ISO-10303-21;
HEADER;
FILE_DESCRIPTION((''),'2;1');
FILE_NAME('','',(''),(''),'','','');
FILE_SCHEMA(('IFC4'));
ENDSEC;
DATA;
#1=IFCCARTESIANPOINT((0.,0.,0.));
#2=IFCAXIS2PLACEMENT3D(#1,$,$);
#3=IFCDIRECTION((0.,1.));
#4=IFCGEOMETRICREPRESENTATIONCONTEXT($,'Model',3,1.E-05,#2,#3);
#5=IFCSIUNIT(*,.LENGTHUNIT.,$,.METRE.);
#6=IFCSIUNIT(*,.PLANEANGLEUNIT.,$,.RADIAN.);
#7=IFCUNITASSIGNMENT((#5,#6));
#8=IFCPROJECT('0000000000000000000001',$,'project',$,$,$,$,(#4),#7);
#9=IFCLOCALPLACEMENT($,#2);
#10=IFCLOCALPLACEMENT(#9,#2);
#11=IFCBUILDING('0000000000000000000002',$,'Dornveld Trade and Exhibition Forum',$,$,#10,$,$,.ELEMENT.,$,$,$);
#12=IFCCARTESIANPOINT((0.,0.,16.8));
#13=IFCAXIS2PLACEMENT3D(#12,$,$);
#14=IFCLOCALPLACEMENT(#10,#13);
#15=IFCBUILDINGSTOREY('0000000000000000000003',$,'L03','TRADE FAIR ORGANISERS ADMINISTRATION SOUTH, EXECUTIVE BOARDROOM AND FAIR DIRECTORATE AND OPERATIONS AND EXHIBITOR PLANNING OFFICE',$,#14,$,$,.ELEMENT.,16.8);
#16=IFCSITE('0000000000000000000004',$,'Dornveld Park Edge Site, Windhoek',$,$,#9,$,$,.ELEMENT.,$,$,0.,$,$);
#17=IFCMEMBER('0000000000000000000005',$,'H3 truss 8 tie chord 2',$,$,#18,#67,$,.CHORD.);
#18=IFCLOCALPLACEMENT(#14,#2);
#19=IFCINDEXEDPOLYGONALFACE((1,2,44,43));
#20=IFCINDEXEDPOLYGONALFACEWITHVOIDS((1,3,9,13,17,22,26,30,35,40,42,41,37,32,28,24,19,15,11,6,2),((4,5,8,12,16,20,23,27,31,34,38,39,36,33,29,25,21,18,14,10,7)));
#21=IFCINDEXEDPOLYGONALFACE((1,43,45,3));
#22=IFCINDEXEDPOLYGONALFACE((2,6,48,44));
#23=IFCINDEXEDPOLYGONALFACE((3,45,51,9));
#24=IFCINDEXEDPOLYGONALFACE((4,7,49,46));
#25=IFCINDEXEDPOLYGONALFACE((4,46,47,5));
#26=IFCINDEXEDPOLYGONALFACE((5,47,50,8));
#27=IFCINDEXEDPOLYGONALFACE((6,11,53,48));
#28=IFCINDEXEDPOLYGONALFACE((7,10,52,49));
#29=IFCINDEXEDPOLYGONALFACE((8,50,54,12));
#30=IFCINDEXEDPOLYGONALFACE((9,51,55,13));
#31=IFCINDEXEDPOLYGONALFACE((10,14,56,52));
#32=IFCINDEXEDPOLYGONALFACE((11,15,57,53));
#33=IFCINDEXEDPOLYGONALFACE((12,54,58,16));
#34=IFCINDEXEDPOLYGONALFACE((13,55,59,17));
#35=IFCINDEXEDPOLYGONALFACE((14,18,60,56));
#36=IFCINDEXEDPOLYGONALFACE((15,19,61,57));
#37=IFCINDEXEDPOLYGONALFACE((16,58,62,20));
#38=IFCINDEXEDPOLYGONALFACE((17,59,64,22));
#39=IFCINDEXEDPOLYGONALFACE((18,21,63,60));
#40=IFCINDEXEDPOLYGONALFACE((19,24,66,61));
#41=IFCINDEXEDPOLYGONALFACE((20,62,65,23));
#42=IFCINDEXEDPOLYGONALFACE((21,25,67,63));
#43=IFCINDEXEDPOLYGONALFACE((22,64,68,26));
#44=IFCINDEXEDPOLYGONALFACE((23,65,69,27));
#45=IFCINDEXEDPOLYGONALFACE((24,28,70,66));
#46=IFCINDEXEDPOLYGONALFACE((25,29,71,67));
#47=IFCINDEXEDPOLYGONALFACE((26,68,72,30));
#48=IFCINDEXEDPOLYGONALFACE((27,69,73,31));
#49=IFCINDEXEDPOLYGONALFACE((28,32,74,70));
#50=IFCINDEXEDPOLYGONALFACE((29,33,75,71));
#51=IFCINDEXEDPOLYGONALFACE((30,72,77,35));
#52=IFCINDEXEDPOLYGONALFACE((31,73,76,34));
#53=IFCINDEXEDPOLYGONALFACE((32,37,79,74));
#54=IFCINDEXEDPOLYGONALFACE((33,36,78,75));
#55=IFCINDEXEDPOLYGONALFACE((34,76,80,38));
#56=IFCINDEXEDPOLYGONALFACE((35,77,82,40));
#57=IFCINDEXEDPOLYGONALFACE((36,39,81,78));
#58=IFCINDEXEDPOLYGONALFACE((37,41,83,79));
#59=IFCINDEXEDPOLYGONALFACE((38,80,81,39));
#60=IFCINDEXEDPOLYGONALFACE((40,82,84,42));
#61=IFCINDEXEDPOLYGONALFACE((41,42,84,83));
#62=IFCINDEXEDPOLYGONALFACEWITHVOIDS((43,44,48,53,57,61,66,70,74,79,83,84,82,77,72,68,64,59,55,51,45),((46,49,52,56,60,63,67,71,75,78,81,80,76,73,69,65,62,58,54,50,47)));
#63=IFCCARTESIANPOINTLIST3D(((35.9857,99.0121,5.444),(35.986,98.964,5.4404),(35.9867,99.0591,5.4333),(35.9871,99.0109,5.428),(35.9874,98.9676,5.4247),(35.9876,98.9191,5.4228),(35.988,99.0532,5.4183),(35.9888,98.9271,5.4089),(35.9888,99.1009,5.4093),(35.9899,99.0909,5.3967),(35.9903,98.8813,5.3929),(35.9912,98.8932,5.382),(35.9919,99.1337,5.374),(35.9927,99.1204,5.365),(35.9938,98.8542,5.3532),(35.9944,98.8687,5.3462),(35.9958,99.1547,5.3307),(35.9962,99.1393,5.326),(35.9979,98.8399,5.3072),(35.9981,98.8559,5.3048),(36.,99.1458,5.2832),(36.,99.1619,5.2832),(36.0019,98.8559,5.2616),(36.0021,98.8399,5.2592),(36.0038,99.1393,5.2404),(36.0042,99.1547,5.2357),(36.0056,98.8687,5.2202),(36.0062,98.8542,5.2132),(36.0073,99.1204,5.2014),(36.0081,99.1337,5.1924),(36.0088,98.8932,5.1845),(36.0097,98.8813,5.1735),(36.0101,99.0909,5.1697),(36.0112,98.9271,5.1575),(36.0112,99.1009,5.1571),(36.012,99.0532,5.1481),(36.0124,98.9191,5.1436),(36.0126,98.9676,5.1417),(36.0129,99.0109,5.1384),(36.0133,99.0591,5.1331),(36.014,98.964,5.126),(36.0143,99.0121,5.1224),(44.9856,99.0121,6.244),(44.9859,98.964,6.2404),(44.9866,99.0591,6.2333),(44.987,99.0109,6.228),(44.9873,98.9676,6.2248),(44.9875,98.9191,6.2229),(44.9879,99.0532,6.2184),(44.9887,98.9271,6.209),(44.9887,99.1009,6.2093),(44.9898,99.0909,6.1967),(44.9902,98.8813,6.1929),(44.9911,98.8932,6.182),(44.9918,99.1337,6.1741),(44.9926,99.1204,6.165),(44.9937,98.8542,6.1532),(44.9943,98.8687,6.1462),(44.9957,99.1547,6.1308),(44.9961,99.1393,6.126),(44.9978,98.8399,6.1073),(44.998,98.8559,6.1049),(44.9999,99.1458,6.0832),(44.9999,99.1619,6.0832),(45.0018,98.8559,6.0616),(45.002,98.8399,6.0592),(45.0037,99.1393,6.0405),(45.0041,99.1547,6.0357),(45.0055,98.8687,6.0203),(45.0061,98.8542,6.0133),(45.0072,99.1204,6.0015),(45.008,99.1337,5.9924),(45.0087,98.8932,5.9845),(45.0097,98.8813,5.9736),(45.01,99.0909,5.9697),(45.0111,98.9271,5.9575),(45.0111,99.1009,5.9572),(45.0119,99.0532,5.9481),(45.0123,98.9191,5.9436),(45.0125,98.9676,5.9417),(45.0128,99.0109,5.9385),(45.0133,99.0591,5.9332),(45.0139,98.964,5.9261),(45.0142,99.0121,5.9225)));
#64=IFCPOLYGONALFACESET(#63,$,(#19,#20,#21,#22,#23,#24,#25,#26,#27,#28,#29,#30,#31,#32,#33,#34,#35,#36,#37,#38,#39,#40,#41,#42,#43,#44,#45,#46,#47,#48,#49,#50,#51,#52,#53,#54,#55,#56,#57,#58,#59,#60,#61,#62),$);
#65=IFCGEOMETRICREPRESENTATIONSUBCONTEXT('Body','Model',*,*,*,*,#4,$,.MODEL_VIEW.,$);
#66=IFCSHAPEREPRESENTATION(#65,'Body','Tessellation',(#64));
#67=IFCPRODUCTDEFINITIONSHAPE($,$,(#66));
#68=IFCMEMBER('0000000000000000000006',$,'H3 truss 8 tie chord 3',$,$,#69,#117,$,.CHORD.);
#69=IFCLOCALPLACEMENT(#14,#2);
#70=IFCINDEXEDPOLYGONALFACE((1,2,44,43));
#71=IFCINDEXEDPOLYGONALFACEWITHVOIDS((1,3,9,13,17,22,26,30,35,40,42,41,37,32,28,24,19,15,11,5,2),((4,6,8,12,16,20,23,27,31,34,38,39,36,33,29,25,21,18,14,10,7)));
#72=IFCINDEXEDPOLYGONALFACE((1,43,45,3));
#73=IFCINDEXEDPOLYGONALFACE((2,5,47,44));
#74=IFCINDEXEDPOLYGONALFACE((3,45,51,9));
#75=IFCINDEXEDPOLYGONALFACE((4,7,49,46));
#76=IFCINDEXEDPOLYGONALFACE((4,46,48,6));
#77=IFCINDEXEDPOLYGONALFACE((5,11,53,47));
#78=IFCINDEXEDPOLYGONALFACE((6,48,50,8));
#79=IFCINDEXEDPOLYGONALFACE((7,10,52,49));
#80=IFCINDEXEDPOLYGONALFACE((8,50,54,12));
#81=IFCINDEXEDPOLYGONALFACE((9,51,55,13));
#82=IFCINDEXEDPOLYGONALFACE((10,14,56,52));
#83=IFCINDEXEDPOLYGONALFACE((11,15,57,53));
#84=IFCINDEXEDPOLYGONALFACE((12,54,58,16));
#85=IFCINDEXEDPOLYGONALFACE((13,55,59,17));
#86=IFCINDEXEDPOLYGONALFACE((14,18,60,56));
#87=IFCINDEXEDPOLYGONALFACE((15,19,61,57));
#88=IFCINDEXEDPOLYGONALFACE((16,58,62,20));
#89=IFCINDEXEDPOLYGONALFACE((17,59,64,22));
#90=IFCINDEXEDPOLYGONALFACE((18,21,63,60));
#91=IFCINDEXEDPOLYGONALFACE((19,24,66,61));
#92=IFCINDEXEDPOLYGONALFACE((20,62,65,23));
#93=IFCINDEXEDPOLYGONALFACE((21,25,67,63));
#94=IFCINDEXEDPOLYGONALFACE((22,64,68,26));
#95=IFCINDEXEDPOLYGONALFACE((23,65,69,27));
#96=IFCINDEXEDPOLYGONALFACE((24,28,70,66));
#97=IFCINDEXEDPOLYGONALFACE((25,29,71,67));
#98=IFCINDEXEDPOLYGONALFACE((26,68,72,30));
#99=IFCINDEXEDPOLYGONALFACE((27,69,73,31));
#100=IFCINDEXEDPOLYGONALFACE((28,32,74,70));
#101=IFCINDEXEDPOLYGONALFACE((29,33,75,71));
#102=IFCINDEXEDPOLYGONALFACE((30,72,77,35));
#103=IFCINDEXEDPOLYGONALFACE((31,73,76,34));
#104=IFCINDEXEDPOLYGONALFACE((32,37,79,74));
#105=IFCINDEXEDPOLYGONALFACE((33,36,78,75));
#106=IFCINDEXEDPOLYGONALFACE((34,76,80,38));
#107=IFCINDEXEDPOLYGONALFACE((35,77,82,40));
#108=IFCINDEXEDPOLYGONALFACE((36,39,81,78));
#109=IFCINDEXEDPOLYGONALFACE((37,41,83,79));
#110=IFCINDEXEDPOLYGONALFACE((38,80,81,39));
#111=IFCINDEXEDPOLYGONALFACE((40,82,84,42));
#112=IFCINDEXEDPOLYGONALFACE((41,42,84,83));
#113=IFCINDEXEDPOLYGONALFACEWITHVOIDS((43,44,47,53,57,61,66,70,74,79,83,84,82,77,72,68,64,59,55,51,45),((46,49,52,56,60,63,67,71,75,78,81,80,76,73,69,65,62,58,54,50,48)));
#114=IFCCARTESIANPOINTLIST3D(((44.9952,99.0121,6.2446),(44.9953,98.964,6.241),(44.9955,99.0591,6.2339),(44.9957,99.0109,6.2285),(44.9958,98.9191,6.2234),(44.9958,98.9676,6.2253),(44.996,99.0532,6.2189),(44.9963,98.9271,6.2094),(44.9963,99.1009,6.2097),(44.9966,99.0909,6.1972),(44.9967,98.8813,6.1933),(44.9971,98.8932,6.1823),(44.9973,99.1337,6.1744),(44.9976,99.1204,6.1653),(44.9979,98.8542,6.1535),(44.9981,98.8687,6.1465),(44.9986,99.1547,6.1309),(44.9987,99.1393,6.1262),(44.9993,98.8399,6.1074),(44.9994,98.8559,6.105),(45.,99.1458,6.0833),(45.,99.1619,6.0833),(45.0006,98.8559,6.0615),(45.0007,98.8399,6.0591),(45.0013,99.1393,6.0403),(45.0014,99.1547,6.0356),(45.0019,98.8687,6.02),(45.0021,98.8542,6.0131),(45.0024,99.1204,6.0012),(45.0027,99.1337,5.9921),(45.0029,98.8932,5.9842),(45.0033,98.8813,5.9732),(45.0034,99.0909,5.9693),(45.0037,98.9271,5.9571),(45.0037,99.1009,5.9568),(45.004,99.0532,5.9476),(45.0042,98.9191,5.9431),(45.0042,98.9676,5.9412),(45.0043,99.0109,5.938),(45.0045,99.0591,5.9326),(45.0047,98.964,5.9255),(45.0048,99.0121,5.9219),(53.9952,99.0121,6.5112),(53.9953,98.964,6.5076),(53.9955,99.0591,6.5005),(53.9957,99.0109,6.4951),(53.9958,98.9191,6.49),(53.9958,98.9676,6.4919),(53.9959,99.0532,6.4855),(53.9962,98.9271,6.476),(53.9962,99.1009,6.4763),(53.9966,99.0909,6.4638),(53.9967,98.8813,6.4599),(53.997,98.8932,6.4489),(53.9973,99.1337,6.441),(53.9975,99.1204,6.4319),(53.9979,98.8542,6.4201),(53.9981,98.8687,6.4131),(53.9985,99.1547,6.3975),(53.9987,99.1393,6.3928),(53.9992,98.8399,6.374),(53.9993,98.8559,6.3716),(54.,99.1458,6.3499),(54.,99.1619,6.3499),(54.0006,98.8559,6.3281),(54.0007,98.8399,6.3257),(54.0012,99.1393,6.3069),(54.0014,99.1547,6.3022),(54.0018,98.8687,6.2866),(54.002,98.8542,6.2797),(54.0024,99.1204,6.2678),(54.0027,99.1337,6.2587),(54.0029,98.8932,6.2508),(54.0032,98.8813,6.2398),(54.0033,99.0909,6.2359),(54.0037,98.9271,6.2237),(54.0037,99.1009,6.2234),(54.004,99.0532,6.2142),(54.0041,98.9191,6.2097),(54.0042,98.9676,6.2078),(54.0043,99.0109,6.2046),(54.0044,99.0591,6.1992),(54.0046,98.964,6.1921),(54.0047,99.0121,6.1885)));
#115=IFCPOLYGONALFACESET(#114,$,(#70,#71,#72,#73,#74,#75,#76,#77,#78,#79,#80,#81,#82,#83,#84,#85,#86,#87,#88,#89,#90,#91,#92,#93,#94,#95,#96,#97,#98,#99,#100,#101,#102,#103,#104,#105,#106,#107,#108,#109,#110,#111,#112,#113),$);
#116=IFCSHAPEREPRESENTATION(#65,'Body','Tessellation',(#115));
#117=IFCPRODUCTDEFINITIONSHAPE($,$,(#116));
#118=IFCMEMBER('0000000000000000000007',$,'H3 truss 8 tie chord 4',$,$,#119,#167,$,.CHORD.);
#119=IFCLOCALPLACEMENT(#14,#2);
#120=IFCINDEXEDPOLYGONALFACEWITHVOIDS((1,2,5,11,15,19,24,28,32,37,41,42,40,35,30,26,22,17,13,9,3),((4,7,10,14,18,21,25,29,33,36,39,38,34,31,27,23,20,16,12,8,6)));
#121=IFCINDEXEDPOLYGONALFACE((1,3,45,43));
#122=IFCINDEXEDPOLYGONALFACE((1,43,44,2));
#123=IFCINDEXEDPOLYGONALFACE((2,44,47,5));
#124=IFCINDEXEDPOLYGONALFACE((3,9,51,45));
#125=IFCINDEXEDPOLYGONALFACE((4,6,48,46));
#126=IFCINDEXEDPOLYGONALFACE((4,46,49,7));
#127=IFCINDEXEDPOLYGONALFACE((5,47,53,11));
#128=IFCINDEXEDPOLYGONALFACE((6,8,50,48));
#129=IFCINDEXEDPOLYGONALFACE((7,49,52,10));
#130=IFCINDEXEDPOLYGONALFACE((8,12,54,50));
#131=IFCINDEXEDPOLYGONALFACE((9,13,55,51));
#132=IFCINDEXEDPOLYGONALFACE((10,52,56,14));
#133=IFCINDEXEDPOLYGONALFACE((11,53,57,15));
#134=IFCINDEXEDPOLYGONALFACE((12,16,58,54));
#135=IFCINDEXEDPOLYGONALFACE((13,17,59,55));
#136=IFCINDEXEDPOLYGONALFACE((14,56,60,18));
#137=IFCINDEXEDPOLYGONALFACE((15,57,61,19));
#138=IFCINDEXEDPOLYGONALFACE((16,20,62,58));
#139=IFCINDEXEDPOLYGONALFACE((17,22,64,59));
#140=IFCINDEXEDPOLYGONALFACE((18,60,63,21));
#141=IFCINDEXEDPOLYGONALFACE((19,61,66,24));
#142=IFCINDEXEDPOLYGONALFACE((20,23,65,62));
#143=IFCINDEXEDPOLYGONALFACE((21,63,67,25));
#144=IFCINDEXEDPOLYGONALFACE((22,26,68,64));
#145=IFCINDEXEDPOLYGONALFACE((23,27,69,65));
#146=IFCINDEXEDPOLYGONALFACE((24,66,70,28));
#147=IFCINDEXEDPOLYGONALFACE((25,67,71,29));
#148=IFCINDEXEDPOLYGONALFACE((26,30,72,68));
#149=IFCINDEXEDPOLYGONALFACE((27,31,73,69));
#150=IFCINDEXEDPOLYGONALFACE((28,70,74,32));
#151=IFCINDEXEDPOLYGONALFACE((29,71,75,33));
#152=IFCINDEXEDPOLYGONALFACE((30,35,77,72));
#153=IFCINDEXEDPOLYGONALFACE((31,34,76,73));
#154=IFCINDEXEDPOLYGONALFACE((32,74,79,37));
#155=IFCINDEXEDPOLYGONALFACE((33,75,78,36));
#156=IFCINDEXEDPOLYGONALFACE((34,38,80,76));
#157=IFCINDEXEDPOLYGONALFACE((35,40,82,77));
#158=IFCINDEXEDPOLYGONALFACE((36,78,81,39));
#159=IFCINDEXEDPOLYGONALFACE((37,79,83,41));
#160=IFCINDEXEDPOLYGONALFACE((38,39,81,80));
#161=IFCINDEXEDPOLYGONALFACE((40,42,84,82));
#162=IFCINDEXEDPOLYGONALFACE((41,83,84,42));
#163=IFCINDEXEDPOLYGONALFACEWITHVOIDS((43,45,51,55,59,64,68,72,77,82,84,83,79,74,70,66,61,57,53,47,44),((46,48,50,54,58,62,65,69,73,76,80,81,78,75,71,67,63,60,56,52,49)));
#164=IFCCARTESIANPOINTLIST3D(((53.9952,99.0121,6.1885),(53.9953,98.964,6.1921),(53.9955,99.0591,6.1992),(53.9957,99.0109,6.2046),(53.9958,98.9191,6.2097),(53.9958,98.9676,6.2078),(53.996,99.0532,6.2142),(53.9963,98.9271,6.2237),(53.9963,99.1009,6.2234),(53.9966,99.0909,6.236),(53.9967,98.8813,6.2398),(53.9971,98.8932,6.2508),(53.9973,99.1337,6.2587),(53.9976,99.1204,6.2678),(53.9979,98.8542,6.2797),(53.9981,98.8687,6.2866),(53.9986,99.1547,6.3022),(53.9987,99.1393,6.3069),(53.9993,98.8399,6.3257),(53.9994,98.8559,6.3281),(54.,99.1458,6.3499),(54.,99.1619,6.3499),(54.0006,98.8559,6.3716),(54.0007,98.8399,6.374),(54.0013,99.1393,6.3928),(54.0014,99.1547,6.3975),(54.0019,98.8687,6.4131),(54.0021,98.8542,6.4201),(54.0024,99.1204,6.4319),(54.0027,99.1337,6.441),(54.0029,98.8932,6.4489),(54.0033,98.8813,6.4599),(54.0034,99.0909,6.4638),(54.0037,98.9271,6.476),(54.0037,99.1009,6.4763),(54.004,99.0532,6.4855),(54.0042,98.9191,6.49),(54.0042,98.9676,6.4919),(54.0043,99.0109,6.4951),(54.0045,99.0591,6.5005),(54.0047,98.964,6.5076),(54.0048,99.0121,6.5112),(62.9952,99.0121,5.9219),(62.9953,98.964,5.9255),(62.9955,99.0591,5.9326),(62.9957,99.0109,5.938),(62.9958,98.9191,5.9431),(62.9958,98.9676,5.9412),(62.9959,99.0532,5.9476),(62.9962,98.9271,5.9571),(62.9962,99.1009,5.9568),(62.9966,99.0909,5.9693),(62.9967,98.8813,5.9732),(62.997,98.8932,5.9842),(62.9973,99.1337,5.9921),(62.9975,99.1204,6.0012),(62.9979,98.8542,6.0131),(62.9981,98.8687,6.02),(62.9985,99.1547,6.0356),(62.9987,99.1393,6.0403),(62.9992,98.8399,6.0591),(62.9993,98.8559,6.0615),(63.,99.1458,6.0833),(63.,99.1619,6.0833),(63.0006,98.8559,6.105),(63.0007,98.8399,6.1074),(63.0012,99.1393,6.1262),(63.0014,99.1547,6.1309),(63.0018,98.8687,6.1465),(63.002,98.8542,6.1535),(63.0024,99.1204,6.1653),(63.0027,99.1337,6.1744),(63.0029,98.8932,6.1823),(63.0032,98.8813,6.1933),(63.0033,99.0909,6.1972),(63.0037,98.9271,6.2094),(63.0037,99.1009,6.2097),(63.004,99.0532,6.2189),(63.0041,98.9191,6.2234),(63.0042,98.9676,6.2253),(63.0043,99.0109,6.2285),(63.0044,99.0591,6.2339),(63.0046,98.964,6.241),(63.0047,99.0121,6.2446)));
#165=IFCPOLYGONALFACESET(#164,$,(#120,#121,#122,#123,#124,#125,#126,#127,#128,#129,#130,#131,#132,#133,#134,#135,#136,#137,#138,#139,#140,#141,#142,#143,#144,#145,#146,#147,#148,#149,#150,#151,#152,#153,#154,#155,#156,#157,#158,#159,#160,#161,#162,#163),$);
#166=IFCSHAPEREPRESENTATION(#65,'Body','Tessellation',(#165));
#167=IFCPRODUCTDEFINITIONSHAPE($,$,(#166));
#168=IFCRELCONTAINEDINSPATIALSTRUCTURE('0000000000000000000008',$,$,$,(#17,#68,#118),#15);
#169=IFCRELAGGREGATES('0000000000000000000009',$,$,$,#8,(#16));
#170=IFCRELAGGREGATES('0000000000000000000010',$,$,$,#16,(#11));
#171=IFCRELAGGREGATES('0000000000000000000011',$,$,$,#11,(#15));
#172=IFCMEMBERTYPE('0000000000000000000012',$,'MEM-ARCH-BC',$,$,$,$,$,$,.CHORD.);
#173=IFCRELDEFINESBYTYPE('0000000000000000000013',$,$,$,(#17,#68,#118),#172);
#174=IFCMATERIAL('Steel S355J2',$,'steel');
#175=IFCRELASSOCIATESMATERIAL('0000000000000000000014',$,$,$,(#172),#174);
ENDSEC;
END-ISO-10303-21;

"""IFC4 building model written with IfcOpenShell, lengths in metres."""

from ifc_helpers import new_model, si_unit, direction, frame, origin, origin_2d, place, context, subcontext, project, spatial, hollow_circle, extrude, material, material_profile, profile_set, type_object, element, save


model = new_model("IFC4")

# Units and contexts
model_context = context("Model", 3, precision=1e-05, world=origin(), true_north=direction((0.0, 1.0)))
body_context = subcontext(model_context, "Body", "Model", "MODEL_VIEW")
ifc_project = project(units=[si_unit("LENGTHUNIT", "METRE"), si_unit("PLANEANGLEUNIT", "RADIAN")], contexts=[model_context])

# Site, building, storey
site_placement = place(None, origin())
site = spatial("IfcSite", under=ifc_project, at=site_placement, Name="Dornveld Park Edge Site, Windhoek", CompositionType="ELEMENT", RefElevation=0.0)
building_placement = place(site_placement, origin())
building = spatial("IfcBuilding", under=site, at=building_placement, Name="Dornveld Trade and Exhibition Forum", CompositionType="ELEMENT")
storey_placement = place(building_placement, frame((0.0, 0.0, 16.8)))
storey = spatial("IfcBuildingStorey", under=building, at=storey_placement, Name="L03", Description="TRADE FAIR ORGANISERS ADMINISTRATION SOUTH, EXECUTIVE BOARDROOM AND FAIR DIRECTORATE AND OPERATIONS AND EXHIBITOR PLANNING OFFICE", CompositionType="ELEMENT", Elevation=16.8)

# Members
ifc_material_1 = material(Name="Steel S355J2", Category="steel")
ifc_material_profile_1 = material_profile(ifc_material_1, hollow_circle(Radius=0.1619, WallThickness=0.0161, at=origin_2d()), Name="CHS 323.9x16")
ifc_profile_set_1 = profile_set([ifc_material_profile_1], Name="Steel S355J2")
member_type_1 = type_object("IfcMemberType", Name="MEM-ARCH-BC", PredefinedType="CHORD", material=ifc_profile_set_1)
member_1_placement = place(storey_placement, frame((36.0, 99.0, 5.2832), z_axis=(0.996072, 0.0, 0.088545), x_axis=(0.0, 1.0, 0.0)))
element("IfcMember", 1, at=member_1_placement, inside=storey, type_object=member_type_1, Name="H3 truss 8 tie chord 2", PredefinedType="CHORD", context=body_context, shape_type="SweptSolid", body=[
    extrude(hollow_circle(Radius=0.1619, WallThickness=0.0161, at=origin_2d()), origin(), (0.0, 0.0, 1.0), 9.0354),
])
for number, where, z_axis, x_axis, name in (
    (2, (45.0, 99.0, 6.0833), (0.999562, 0.0, 0.029609), (0.0, 1.0, 0.0), "H3 truss 8 tie chord 3"),
    (3, (54.0, 99.0, 6.3499), (0.999562, 0.0, -0.029609), (0.0, 1.0, 0.0), "H3 truss 8 tie chord 4"),
):
    element("IfcMember", number, at=place(storey_placement, frame(where, z_axis=z_axis, x_axis=x_axis)), inside=storey, type_object=member_type_1, Name=name, PredefinedType="CHORD", context=body_context, shape_type="SweptSolid", body=[
        extrude(hollow_circle(Radius=0.1619, WallThickness=0.0161, at=origin_2d()), origin(), (0.0, 0.0, 1.0), 9.0039),
    ])

save(model, "model.ifc")
